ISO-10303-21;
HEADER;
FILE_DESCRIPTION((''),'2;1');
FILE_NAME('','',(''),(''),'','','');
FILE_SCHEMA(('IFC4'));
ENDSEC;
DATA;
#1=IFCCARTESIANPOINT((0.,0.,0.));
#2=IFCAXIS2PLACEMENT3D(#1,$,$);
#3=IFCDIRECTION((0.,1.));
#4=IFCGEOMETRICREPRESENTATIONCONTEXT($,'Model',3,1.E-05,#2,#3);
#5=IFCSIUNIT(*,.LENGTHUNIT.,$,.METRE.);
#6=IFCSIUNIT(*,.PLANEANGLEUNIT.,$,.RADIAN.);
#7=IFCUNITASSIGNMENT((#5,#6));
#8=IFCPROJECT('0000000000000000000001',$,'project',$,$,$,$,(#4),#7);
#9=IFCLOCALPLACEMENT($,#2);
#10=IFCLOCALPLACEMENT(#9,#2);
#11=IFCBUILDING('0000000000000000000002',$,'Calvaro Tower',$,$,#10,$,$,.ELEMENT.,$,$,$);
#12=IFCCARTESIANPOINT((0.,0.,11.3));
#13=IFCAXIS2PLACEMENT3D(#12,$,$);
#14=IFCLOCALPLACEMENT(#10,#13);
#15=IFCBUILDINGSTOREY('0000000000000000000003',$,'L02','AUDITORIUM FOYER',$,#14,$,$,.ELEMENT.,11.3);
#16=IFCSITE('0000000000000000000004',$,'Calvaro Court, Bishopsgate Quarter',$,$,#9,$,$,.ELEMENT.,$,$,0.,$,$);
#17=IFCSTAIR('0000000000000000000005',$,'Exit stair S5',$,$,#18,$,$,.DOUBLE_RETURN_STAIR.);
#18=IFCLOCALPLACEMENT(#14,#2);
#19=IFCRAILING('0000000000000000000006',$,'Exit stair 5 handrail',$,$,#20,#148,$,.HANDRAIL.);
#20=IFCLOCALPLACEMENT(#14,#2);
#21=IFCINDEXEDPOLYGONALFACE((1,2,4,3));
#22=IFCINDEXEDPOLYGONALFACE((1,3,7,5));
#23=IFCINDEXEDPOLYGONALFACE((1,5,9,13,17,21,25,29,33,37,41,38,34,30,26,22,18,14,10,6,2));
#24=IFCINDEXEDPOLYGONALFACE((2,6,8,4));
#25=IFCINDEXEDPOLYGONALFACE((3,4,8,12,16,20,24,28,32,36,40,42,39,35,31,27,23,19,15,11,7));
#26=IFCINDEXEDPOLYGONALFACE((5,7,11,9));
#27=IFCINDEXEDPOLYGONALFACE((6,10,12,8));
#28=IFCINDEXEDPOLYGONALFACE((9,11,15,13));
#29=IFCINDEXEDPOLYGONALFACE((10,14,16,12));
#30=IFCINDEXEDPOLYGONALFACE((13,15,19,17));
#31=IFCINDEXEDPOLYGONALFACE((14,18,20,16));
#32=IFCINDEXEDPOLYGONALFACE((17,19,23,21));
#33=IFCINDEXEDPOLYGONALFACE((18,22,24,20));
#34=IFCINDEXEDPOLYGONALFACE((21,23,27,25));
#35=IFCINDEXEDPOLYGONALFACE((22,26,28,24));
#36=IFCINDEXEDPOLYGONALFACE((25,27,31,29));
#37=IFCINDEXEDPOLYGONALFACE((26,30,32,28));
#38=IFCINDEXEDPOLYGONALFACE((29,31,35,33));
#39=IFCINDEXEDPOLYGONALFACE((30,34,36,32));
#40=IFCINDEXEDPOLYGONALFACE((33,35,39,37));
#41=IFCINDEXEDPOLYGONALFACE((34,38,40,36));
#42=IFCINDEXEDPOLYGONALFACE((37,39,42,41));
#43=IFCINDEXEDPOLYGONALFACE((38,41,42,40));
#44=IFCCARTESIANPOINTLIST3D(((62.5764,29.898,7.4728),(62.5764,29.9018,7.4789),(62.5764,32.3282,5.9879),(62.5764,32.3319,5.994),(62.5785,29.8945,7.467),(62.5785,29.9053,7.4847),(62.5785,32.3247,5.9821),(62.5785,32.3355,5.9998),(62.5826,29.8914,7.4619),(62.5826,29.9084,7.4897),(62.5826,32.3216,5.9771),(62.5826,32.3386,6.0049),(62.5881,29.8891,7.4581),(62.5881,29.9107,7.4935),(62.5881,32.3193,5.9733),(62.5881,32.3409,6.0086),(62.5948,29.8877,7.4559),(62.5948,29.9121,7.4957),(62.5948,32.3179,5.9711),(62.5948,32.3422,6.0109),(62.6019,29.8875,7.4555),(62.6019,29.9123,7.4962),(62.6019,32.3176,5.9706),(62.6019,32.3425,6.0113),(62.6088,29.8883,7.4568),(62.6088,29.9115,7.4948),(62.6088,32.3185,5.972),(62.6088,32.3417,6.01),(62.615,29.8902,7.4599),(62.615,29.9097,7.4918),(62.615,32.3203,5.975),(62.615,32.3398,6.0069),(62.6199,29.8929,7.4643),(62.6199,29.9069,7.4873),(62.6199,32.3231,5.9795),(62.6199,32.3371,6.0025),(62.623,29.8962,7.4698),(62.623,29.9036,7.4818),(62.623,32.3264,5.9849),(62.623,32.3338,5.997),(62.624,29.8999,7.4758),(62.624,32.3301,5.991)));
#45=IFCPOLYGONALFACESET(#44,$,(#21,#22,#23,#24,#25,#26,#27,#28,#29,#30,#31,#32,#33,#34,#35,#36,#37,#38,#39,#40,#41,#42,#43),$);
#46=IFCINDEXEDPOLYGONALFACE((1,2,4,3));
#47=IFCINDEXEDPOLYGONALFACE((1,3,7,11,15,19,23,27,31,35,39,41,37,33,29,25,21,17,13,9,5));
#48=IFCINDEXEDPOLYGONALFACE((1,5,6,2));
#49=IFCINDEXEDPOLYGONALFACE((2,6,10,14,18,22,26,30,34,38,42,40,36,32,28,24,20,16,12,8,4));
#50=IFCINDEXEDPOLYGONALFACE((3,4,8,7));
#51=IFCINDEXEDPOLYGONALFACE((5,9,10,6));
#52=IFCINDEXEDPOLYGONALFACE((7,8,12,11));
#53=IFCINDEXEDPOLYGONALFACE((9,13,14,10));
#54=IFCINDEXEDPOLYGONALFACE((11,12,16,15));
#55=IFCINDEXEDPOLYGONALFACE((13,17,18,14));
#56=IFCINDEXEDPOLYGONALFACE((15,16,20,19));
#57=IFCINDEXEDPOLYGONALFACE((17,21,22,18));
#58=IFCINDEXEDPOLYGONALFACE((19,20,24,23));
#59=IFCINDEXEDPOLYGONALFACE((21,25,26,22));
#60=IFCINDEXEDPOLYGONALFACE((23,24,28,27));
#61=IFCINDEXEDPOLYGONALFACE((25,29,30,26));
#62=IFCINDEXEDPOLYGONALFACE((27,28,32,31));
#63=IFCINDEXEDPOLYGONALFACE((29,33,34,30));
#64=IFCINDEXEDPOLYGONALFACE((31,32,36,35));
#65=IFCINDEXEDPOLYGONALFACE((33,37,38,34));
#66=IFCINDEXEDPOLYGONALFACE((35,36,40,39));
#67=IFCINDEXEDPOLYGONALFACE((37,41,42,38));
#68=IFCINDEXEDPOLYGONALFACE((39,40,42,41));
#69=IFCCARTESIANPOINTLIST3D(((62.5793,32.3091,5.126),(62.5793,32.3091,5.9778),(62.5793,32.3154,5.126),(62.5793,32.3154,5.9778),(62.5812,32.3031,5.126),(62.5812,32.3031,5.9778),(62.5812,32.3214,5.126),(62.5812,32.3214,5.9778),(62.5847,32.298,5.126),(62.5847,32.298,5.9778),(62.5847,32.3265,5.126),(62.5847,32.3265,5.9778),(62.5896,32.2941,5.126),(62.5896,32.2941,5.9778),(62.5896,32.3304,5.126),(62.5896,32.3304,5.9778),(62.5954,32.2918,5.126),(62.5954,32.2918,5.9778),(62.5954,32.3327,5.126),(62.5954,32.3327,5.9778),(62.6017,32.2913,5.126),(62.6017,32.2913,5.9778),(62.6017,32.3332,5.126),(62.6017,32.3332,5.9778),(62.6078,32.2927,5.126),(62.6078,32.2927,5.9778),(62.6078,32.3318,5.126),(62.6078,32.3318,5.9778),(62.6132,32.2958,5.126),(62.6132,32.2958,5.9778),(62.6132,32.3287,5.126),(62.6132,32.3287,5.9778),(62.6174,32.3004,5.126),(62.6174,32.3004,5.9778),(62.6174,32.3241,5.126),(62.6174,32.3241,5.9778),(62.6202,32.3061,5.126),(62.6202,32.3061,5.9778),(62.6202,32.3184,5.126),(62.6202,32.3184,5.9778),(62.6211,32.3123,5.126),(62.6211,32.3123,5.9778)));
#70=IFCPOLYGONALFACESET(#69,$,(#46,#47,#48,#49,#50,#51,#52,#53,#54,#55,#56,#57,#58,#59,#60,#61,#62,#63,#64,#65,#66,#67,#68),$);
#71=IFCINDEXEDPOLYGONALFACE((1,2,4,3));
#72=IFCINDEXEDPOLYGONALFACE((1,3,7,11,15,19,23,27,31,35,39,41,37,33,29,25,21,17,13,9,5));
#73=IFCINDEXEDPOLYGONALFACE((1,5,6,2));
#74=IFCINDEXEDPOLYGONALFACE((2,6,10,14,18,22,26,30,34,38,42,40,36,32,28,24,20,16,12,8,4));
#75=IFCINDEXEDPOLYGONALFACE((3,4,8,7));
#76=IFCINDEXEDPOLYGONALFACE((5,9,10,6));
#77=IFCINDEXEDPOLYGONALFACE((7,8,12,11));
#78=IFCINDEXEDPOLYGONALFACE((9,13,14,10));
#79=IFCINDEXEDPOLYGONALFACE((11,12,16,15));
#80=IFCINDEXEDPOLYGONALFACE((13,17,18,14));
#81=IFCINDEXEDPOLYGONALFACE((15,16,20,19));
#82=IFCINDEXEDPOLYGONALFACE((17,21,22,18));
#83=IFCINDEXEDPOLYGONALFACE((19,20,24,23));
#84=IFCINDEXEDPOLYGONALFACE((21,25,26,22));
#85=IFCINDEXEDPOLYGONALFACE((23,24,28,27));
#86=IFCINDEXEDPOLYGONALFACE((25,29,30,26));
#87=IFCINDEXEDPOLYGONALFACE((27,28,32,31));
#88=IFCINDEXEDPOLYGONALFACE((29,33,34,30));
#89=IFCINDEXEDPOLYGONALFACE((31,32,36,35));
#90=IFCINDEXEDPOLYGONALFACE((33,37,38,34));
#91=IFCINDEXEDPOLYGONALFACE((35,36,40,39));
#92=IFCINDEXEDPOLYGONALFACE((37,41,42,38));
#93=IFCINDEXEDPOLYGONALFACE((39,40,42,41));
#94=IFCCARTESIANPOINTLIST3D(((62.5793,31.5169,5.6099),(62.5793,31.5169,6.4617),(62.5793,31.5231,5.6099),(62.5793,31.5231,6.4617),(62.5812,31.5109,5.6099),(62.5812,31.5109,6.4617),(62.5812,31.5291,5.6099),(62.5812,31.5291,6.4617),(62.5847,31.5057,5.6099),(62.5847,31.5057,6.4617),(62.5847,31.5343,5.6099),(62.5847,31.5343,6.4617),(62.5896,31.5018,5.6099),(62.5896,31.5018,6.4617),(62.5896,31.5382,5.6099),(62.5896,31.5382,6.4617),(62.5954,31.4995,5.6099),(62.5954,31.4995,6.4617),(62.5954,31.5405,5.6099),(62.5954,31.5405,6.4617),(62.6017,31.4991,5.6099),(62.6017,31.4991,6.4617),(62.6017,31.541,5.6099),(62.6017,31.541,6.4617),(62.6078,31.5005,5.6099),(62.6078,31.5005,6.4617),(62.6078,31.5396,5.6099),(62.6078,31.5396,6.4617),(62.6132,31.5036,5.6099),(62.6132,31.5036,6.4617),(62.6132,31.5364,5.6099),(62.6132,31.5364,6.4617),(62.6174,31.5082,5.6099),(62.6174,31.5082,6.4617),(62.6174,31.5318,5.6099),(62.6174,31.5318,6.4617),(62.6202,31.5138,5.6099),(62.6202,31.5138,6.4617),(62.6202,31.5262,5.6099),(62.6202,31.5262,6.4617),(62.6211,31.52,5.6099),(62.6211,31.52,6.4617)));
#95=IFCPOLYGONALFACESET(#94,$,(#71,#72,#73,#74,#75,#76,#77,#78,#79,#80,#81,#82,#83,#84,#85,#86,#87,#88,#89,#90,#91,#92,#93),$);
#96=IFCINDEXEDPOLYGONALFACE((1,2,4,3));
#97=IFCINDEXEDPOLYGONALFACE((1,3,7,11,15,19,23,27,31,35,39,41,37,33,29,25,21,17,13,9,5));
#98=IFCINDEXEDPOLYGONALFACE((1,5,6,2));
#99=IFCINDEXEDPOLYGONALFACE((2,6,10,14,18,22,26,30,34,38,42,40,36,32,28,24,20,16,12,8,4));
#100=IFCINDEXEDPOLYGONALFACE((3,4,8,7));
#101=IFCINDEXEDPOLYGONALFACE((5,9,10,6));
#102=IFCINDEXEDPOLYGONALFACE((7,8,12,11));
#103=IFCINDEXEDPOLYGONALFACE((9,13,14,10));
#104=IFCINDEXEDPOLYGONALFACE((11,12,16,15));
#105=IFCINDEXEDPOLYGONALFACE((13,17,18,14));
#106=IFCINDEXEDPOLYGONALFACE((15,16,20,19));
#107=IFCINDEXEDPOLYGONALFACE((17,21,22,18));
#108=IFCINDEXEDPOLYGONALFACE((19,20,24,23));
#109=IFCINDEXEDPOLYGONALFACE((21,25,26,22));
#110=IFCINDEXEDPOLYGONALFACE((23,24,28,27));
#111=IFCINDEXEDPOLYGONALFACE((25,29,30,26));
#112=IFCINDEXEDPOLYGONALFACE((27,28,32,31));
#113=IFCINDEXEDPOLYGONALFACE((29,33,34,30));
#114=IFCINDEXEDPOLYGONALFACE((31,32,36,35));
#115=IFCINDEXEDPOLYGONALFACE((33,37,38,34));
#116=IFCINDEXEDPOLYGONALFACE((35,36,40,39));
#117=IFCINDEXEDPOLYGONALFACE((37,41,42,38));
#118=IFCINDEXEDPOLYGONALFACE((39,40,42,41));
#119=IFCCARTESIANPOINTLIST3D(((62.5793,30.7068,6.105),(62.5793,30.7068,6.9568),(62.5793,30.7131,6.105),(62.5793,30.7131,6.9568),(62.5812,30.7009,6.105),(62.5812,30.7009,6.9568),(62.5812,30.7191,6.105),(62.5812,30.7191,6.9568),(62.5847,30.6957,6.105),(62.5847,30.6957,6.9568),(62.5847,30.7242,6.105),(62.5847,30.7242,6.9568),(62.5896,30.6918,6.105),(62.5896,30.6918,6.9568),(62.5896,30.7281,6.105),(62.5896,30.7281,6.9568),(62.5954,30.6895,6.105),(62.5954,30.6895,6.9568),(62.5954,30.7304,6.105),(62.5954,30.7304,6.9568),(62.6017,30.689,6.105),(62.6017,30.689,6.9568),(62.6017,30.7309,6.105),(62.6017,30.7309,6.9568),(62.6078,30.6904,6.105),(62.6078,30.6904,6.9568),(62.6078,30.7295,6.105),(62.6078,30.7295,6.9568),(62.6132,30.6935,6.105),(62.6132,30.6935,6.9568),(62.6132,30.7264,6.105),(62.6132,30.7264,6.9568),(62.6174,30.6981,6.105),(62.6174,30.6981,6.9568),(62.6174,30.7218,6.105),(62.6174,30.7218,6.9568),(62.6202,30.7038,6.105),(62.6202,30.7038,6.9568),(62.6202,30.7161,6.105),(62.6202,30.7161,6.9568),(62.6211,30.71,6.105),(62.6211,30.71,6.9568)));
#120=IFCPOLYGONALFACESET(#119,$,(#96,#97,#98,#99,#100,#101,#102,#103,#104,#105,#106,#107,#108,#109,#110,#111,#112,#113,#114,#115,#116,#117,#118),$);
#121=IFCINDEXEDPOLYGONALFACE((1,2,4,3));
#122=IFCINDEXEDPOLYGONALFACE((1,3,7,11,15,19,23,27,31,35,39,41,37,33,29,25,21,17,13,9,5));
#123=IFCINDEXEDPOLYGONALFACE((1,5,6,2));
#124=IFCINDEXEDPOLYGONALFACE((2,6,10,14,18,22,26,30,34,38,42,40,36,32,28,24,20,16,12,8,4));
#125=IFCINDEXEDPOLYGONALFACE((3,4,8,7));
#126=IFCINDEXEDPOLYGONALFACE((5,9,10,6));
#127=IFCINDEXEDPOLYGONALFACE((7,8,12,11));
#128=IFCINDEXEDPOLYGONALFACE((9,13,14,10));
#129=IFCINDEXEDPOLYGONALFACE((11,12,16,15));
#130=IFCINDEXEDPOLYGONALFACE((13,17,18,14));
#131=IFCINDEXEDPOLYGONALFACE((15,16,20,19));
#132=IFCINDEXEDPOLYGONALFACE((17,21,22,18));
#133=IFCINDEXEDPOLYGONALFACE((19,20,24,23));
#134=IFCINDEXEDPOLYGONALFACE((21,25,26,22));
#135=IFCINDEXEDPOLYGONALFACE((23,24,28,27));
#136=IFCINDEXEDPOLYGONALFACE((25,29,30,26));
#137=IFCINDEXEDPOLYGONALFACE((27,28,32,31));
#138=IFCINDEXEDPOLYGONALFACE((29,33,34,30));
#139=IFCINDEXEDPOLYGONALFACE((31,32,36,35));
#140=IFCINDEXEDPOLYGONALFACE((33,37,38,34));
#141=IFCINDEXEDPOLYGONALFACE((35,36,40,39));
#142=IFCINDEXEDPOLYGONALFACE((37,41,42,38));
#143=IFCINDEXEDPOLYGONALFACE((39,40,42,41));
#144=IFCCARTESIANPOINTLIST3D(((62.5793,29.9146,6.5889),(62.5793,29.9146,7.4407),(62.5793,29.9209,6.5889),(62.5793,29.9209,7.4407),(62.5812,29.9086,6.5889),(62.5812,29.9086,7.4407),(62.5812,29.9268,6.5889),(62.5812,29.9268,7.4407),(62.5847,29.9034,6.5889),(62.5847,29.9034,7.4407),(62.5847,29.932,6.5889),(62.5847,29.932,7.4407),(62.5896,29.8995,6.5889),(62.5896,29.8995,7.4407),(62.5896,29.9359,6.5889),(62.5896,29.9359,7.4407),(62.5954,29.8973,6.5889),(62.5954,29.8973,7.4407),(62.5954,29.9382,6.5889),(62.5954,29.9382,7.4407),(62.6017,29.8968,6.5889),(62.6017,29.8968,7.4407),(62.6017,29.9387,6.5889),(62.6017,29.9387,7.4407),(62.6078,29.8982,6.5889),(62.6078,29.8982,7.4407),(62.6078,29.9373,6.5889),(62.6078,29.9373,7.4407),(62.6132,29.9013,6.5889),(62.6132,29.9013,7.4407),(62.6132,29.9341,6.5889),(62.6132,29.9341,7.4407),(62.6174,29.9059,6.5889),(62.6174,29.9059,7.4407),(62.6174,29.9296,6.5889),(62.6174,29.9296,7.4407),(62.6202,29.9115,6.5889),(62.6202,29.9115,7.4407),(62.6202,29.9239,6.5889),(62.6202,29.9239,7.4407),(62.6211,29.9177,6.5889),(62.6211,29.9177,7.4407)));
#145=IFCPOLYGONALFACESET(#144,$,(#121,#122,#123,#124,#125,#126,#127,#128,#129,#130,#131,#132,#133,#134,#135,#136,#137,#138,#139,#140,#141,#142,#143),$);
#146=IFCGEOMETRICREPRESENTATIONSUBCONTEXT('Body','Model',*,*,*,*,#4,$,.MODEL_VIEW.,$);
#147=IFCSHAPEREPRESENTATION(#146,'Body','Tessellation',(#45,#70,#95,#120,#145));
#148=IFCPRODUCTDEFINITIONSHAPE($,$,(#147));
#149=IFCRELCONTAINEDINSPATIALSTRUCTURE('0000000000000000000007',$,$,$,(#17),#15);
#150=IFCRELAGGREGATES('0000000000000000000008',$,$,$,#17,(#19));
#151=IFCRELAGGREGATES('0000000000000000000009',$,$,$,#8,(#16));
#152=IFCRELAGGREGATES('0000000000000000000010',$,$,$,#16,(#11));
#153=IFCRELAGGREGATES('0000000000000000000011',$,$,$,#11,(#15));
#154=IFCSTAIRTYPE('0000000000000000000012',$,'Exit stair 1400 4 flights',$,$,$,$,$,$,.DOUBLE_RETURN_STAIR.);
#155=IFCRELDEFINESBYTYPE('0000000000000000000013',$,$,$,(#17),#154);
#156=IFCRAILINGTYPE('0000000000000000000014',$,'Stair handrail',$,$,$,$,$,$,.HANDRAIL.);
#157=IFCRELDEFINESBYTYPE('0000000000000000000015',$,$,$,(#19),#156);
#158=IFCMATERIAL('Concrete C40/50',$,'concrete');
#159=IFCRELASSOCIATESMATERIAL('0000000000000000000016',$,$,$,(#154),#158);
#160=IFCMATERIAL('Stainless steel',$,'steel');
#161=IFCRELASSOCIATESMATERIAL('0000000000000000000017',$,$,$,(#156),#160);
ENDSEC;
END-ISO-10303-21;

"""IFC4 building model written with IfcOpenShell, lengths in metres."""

from ifc_helpers import new_model, si_unit, direction, frame, origin, origin_2d, place, context, subcontext, project, spatial, circle, extrude, material, type_object, element, aggregate, save


model = new_model("IFC4")

# Units and contexts
model_context = context("Model", 3, precision=1e-05, world=origin(), true_north=direction((0.0, 1.0)))
body_context = subcontext(model_context, "Body", "Model", "MODEL_VIEW")
ifc_project = project(units=[si_unit("LENGTHUNIT", "METRE"), si_unit("PLANEANGLEUNIT", "RADIAN")], contexts=[model_context])

# Site, building, storey
site_placement = place(None, origin())
site = spatial("IfcSite", under=ifc_project, at=site_placement, Name="Calvaro Court, Bishopsgate Quarter", CompositionType="ELEMENT", RefElevation=0.0)
building_placement = place(site_placement, origin())
building = spatial("IfcBuilding", under=site, at=building_placement, Name="Calvaro Tower", CompositionType="ELEMENT")
storey_placement = place(building_placement, frame((0.0, 0.0, 11.3)))
storey = spatial("IfcBuildingStorey", under=building, at=storey_placement, Name="L02", Description="AUDITORIUM FOYER", CompositionType="ELEMENT", Elevation=11.3)

# Stair
ifc_material_1 = material(Name="Concrete C40/50", Category="concrete")
stair_type = type_object("IfcStairType", Name="Exit stair 1400 4 flights", PredefinedType="DOUBLE_RETURN_STAIR", material=ifc_material_1)
stair_1_placement = place(storey_placement, origin())
stair_1 = element("IfcStair", 1, at=stair_1_placement, inside=storey, type_object=stair_type, Name="Exit stair S5", PredefinedType="DOUBLE_RETURN_STAIR")

# Shared definitions
ifc_material_2 = material(Name="Stainless steel", Category="steel")
railing_type = type_object("IfcRailingType", Name="Stair handrail", PredefinedType="HANDRAIL", material=ifc_material_2)

# Railing
railing_1_placement = place(storey_placement, frame((62.6001, 32.3301, 5.115)))
railing_1 = element("IfcRailing", 2, at=railing_1_placement, type_object=railing_type, Name="Exit stair 5 handrail", PredefinedType="HANDRAIL", context=body_context, shape_type="SweptSolid", body=[
    extrude(circle(Radius=0.0239, at=origin_2d()), frame((0.0, 0.0, 0.876), z_axis=(0.0, -0.85332, 0.521388), x_axis=(1.0, 0.0, 0.0)), (0.0, 0.0, 1.0), 2.8479),
    extrude(circle(Radius=0.021, at=origin_2d()), frame((0.0, -0.0178, 0.011)), (0.0, 0.0, 1.0), 0.8518),
    extrude(circle(Radius=0.021, at=origin_2d()), frame((0.0, -0.8101, 0.4949)), (0.0, 0.0, 1.0), 0.8518),
    extrude(circle(Radius=0.021, at=origin_2d()), frame((0.0, -1.6201, 0.99)), (0.0, 0.0, 1.0), 0.8518),
    extrude(circle(Radius=0.021, at=origin_2d()), frame((0.0, -2.4124, 1.4739)), (0.0, 0.0, 1.0), 0.8518),
])
aggregate(stair_1, [railing_1])

save(model, "model.ifc")
